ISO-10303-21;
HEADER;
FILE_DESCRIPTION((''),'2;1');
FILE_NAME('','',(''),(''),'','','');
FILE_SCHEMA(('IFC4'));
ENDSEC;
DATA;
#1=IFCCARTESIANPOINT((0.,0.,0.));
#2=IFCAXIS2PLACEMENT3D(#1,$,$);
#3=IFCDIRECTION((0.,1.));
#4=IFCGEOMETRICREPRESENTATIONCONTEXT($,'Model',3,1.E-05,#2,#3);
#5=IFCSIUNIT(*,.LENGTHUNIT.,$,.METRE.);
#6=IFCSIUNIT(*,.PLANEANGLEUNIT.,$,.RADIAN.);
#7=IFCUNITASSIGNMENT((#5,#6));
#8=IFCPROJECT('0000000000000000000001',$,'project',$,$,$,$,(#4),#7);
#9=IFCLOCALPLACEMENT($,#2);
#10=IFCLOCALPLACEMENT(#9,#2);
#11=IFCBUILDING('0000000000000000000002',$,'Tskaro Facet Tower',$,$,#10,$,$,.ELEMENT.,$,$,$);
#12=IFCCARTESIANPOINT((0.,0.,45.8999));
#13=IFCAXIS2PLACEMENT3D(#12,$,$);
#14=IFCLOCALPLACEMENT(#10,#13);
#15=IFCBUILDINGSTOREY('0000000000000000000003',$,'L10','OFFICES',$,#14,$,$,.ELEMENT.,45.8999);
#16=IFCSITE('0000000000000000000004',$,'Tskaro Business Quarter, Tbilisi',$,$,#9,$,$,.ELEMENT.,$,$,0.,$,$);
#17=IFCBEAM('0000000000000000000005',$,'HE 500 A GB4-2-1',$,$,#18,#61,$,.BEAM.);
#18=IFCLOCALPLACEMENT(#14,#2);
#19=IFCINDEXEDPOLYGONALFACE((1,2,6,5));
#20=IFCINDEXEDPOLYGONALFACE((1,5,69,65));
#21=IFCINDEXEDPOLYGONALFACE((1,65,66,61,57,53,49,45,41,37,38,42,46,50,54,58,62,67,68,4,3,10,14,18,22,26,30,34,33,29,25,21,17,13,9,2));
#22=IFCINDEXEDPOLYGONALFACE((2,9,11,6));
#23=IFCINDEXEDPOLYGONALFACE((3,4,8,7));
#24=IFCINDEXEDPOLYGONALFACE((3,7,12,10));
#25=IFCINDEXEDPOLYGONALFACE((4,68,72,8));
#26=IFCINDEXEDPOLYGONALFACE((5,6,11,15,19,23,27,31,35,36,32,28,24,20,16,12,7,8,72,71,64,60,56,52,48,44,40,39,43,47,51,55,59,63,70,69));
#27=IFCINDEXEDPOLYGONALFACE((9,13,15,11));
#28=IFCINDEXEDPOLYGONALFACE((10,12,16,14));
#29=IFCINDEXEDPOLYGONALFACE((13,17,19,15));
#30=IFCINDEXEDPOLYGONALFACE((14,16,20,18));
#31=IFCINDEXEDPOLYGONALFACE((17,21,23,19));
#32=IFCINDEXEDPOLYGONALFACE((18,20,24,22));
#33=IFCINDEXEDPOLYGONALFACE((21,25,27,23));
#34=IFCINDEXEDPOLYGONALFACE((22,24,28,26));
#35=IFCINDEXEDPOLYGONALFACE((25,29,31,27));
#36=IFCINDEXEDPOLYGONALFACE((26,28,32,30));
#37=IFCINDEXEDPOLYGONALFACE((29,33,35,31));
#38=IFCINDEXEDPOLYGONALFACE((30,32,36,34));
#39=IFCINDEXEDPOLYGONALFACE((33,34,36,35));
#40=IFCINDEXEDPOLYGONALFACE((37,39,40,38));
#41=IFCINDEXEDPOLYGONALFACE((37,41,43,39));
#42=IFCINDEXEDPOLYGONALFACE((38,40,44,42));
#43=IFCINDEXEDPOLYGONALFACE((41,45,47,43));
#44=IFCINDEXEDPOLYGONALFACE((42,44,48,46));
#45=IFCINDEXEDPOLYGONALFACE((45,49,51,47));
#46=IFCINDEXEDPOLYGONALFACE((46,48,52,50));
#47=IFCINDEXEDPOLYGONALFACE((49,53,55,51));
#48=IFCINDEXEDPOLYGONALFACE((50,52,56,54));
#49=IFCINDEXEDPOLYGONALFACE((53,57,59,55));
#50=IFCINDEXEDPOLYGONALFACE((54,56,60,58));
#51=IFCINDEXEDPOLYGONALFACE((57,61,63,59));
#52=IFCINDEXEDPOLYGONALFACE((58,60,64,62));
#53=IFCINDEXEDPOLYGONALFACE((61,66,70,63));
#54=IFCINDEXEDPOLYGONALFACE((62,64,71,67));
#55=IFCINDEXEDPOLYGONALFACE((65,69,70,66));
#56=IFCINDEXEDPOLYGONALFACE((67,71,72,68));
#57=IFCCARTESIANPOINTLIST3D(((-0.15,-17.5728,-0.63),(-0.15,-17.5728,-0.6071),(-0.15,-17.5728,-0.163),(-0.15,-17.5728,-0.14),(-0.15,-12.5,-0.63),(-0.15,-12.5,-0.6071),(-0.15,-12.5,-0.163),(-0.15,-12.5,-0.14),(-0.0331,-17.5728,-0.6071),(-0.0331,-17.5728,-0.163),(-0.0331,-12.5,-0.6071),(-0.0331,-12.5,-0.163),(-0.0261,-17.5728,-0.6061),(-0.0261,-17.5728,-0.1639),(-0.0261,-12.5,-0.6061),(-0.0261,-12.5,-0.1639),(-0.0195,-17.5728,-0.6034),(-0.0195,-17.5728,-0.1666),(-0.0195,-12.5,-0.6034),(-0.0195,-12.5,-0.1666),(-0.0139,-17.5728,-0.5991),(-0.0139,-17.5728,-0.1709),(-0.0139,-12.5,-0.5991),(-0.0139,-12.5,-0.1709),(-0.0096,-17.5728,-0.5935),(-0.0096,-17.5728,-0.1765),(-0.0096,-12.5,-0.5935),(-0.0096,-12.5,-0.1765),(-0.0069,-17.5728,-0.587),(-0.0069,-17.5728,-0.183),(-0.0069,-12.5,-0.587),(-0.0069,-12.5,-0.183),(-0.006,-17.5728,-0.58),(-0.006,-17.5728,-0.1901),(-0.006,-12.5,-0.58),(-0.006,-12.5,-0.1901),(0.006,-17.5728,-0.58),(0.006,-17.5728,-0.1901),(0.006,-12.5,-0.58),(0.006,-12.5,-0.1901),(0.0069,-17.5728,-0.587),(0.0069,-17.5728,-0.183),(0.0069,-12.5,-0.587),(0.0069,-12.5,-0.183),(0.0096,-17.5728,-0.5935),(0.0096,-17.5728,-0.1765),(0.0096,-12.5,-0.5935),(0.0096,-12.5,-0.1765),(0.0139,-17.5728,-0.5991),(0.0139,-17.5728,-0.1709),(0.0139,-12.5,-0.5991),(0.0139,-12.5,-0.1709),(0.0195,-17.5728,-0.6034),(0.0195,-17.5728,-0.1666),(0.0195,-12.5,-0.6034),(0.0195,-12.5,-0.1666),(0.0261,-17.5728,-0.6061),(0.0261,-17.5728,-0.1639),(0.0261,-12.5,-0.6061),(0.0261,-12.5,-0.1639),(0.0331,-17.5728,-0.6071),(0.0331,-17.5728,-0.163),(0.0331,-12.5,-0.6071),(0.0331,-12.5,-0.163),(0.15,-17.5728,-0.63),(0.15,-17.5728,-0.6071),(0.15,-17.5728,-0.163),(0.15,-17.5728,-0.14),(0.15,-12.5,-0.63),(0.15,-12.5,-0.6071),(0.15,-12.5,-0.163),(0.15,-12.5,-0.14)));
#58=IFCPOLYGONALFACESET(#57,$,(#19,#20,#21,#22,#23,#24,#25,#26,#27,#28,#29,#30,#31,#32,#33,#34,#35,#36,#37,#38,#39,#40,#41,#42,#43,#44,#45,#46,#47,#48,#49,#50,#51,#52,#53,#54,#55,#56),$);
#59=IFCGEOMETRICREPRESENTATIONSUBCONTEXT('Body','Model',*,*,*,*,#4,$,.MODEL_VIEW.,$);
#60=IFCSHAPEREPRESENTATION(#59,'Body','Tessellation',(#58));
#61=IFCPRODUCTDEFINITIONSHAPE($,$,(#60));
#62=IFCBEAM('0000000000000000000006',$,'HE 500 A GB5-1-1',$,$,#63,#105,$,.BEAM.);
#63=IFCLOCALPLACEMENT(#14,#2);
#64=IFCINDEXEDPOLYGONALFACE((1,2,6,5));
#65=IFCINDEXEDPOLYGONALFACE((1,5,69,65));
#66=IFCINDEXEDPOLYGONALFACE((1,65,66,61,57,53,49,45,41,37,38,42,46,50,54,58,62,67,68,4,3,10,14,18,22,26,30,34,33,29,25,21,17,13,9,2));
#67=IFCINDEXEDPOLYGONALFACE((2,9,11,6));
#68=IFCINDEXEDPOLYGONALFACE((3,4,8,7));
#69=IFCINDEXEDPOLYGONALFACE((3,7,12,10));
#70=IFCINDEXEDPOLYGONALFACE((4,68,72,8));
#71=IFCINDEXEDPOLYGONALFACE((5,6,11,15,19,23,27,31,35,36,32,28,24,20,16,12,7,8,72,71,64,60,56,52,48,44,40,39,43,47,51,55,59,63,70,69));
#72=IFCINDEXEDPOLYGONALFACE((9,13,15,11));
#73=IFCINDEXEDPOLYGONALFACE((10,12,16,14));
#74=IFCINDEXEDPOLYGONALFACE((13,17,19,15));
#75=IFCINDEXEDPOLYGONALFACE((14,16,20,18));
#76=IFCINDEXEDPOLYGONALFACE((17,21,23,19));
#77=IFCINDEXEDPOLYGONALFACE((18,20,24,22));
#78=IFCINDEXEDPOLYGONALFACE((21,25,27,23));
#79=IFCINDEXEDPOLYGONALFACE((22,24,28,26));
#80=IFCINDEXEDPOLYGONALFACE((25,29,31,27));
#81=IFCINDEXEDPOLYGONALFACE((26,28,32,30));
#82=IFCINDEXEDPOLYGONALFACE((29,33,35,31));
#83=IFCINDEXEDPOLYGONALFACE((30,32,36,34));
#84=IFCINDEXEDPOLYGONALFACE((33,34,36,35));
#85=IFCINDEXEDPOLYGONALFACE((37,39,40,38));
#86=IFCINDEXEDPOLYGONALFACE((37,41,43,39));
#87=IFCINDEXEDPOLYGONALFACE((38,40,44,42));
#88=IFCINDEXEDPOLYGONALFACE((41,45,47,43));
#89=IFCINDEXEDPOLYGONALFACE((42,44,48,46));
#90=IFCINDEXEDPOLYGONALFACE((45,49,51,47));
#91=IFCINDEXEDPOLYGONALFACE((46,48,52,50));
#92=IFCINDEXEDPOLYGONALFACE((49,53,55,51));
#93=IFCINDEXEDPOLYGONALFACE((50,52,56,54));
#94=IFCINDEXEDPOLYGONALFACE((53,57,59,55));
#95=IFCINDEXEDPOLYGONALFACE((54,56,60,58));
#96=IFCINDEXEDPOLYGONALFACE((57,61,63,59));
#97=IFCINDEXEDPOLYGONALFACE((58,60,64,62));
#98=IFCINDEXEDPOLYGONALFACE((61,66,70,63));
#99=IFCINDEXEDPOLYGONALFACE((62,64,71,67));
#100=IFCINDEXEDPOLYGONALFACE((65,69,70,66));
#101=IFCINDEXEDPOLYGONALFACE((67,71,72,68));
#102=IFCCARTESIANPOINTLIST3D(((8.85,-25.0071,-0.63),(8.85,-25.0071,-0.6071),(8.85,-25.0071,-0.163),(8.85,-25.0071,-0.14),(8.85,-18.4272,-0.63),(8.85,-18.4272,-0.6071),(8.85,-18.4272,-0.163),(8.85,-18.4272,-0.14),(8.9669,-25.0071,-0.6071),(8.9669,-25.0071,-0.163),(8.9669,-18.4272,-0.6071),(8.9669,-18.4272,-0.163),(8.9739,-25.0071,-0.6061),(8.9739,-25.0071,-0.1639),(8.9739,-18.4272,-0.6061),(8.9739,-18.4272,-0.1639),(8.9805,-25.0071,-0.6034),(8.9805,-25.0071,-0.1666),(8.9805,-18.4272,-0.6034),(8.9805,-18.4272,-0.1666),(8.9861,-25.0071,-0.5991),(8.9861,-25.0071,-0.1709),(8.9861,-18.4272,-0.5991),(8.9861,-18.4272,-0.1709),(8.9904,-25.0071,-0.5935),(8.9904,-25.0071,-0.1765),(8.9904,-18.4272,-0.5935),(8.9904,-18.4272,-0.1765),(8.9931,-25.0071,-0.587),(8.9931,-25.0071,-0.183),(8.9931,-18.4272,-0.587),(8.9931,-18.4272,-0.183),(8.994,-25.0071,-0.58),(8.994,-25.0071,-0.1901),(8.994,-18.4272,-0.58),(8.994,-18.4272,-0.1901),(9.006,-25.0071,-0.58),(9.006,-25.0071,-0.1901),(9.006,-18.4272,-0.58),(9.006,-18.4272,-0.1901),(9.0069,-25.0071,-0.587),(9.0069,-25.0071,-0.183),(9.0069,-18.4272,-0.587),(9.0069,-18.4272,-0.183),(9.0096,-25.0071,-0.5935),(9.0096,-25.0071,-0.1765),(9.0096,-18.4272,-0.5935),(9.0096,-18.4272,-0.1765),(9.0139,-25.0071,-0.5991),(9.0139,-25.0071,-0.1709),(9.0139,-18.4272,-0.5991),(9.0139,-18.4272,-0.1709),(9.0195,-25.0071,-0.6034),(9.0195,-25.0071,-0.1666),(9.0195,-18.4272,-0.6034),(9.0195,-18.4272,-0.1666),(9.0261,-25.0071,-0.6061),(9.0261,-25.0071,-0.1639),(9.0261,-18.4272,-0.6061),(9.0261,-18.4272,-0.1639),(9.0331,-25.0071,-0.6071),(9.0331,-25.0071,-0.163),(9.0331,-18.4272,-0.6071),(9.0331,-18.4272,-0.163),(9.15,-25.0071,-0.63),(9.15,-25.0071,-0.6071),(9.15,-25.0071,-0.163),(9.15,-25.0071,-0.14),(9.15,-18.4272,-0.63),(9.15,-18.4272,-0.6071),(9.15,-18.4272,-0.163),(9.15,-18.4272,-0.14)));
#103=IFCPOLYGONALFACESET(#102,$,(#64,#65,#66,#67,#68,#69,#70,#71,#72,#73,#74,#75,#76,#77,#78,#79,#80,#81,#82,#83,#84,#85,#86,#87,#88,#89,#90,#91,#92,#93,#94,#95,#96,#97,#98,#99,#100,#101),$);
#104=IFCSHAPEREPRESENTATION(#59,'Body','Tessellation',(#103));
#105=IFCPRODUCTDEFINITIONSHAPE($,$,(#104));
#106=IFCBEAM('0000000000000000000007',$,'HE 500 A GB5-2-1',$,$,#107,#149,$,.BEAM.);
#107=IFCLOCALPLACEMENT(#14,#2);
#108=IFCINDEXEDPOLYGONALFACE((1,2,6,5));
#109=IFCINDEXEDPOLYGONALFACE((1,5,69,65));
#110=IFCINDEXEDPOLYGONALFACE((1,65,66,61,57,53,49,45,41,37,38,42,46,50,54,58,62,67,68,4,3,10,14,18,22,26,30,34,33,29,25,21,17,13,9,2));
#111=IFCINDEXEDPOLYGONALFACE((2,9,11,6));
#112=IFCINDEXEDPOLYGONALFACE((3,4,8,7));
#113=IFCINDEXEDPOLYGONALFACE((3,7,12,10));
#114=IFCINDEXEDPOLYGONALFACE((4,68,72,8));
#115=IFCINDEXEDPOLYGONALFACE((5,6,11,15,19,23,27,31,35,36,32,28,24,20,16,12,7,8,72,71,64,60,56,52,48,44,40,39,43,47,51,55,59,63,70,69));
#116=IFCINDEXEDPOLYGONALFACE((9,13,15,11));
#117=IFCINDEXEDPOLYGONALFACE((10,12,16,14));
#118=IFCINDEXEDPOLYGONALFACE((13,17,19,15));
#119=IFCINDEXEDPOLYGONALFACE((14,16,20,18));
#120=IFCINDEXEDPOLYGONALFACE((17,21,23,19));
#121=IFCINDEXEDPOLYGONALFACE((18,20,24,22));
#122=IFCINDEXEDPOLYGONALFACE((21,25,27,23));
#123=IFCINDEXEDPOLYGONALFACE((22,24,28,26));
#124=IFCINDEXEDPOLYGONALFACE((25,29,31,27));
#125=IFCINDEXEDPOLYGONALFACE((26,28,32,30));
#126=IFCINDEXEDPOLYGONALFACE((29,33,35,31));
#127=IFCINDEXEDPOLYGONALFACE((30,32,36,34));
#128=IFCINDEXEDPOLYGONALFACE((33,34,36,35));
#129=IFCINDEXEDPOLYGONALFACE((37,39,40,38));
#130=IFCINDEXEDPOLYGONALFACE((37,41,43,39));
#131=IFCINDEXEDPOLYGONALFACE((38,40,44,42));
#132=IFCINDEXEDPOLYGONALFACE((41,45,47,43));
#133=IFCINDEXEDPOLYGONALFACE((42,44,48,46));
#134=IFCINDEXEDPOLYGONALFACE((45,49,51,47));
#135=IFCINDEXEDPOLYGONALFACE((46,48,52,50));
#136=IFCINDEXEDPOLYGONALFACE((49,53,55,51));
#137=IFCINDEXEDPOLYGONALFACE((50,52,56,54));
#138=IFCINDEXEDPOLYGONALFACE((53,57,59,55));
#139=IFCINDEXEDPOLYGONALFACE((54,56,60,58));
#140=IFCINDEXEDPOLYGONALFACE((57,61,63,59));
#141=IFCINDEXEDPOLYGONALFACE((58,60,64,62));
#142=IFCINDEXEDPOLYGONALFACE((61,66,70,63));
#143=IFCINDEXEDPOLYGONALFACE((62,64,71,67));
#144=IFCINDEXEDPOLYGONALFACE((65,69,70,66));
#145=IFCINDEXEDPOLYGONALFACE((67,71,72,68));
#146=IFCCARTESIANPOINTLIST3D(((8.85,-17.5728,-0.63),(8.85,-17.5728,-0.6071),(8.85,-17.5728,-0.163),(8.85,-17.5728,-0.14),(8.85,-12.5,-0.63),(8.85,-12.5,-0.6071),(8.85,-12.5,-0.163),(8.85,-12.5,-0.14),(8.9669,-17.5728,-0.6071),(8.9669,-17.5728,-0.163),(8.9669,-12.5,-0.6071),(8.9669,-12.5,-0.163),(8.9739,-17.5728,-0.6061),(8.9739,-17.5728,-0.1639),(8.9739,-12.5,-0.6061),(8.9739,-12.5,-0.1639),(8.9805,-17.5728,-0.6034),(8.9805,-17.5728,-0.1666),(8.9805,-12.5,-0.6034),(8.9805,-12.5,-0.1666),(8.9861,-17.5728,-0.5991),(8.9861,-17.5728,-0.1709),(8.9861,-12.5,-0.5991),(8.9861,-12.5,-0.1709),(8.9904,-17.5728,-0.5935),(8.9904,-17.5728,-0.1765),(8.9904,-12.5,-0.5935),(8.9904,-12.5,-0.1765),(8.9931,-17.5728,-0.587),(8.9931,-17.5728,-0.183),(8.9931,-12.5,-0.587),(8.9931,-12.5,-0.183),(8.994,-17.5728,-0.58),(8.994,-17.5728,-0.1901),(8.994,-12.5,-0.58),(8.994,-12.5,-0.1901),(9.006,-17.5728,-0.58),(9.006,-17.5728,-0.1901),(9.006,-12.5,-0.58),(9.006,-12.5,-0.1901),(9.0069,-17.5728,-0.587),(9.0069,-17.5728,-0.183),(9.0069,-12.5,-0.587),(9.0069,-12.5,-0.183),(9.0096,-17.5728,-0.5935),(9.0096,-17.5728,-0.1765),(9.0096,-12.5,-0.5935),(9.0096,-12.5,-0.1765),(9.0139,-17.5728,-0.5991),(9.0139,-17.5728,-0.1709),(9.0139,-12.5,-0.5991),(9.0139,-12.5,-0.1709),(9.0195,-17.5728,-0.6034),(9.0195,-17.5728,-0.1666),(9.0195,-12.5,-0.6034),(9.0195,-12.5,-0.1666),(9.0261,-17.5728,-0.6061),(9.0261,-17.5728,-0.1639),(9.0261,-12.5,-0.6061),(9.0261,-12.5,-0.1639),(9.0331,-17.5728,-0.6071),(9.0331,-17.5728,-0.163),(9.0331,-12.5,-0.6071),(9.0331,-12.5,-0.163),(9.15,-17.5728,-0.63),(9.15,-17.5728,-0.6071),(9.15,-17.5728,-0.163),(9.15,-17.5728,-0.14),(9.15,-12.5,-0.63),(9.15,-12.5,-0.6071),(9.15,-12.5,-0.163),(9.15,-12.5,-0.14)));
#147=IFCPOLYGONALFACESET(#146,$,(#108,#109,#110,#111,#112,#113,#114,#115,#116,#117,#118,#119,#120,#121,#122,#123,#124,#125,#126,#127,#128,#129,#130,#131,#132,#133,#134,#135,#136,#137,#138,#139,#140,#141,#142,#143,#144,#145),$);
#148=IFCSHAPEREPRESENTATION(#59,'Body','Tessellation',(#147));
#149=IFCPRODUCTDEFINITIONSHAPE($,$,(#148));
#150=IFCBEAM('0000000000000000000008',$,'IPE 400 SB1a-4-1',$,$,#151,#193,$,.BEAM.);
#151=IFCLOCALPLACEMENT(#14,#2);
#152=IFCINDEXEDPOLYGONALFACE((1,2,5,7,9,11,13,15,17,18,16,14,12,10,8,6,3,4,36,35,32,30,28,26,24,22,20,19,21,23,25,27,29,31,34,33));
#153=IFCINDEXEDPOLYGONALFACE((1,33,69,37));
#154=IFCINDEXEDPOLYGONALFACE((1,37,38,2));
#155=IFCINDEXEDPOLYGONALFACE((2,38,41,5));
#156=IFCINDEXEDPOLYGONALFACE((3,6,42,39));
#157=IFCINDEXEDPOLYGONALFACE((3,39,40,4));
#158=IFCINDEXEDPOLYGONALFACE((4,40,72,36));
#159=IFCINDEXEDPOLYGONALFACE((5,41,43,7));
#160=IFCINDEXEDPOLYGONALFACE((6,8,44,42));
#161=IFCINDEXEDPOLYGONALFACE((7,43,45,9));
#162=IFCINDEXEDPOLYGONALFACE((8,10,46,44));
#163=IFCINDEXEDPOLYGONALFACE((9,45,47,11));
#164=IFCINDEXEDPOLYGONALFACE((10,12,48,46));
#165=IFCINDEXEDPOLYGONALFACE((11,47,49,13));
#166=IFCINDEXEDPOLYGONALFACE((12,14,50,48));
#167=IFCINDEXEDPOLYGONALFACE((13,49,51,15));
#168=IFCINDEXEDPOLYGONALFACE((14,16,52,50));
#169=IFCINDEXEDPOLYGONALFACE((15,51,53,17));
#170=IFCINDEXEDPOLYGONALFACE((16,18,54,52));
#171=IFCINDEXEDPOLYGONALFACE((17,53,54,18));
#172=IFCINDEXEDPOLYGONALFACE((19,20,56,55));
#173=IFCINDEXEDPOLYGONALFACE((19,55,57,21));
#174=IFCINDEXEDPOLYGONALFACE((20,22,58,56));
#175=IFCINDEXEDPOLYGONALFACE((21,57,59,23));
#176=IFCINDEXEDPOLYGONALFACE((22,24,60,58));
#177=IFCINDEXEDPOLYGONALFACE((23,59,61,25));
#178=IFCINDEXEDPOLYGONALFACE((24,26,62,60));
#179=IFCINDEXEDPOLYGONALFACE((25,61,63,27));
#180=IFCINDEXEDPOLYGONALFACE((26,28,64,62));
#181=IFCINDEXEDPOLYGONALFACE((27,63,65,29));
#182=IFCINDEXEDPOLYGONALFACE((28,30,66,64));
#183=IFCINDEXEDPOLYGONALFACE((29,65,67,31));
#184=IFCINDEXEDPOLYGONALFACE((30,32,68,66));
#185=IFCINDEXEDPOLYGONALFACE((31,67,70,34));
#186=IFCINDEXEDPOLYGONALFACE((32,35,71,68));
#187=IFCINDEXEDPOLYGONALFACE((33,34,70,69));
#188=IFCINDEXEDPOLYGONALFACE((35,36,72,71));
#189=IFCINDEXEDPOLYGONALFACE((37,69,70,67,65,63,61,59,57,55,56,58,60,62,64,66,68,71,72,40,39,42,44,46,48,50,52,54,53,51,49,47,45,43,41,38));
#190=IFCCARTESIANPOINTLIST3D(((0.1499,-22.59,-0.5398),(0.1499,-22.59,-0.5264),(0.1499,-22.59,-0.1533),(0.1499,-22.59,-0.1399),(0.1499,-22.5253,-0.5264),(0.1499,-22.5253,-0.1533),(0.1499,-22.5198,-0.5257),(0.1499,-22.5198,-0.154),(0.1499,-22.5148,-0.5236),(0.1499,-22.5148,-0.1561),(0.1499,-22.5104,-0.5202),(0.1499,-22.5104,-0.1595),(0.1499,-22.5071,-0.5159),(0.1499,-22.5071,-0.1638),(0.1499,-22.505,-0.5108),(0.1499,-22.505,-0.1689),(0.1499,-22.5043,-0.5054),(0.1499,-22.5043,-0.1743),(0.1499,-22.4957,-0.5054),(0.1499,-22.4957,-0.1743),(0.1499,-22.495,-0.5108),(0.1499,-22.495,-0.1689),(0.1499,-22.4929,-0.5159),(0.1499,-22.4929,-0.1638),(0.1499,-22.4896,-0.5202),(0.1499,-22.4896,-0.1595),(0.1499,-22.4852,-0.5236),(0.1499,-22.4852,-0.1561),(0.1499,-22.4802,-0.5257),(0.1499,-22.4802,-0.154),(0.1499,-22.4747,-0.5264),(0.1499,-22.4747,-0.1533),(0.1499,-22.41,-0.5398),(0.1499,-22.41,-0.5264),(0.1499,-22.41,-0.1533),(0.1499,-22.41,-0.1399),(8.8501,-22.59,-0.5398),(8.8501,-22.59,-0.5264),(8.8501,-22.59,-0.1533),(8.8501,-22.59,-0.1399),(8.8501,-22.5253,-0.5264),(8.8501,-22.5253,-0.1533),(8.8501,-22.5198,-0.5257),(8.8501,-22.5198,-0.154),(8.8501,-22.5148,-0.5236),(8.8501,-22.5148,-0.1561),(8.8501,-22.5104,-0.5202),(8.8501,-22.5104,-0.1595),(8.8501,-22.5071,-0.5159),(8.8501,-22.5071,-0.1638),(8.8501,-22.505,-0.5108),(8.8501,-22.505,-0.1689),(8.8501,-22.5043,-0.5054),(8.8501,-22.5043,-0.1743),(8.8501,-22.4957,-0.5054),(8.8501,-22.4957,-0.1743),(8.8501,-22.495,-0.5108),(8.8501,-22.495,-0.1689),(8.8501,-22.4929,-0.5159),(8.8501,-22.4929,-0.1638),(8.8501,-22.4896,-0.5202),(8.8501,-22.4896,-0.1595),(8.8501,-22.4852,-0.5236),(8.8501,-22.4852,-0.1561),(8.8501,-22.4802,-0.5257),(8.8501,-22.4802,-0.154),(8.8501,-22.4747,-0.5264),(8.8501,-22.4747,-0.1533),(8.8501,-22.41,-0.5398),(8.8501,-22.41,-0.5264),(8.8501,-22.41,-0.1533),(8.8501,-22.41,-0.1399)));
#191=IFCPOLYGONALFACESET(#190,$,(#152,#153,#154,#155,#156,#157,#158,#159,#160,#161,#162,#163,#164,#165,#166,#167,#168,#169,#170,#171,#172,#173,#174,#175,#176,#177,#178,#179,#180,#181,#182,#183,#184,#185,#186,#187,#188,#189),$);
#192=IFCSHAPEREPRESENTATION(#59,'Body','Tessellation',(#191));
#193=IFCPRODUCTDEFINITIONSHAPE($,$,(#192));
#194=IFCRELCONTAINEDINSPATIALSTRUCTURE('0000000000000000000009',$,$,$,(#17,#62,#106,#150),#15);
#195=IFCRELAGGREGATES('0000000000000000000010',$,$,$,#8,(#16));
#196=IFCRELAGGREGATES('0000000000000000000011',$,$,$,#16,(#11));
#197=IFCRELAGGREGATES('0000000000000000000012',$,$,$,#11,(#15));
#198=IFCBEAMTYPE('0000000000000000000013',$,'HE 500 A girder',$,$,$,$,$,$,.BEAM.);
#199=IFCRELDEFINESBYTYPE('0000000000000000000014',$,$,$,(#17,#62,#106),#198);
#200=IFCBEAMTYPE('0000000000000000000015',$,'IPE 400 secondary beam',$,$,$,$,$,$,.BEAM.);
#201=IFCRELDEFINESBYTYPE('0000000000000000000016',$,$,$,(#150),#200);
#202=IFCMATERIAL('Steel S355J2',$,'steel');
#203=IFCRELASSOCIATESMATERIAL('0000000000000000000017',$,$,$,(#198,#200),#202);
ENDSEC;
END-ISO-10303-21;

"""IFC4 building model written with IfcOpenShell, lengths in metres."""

from ifc_helpers import new_model, si_unit, direction, frame, origin, origin_2d, place, context, subcontext, project, spatial, i_section, extrude, material, material_profile, profile_set, type_object, element, save


model = new_model("IFC4")

# Units and contexts
model_context = context("Model", 3, precision=1e-05, world=origin(), true_north=direction((0.0, 1.0)))
body_context = subcontext(model_context, "Body", "Model", "MODEL_VIEW")
ifc_project = project(units=[si_unit("LENGTHUNIT", "METRE"), si_unit("PLANEANGLEUNIT", "RADIAN")], contexts=[model_context])

# Site, building, storey
site_placement = place(None, origin())
site = spatial("IfcSite", under=ifc_project, at=site_placement, Name="Tskaro Business Quarter, Tbilisi", CompositionType="ELEMENT", RefElevation=0.0)
building_placement = place(site_placement, origin())
building = spatial("IfcBuilding", under=site, at=building_placement, Name="Tskaro Facet Tower", CompositionType="ELEMENT")
storey_placement = place(building_placement, frame((0.0, 0.0, 45.8999)))
storey = spatial("IfcBuildingStorey", under=building, at=storey_placement, Name="L10", Description="OFFICES", CompositionType="ELEMENT", Elevation=45.8999)

# Beams
ifc_material_1 = material(Name="Steel S355J2", Category="steel")
ifc_material_profile_1 = material_profile(ifc_material_1, i_section(OverallWidth=0.3, OverallDepth=0.49, WebThickness=0.012, FlangeThickness=0.0229, FilletRadius=0.0271, at=origin_2d()), Name="HE 500 A")
ifc_profile_set_1 = profile_set([ifc_material_profile_1], Name="Steel S355J2")
beam_type_1 = type_object("IfcBeamType", Name="HE 500 A girder", PredefinedType="BEAM", material=ifc_profile_set_1)
beam_1_placement = place(storey_placement, frame((0.0, -17.5728, -0.385), z_axis=(0.0, 1.0, 0.0), x_axis=(-1.0, 0.0, 0.0)))
element("IfcBeam", 1, at=beam_1_placement, inside=storey, type_object=beam_type_1, Name="HE 500 A GB4-2-1", PredefinedType="BEAM", context=body_context, shape_type="SweptSolid", body=[
    extrude(i_section(OverallWidth=0.3, OverallDepth=0.49, WebThickness=0.012, FlangeThickness=0.0229, FilletRadius=0.0271, at=origin_2d()), origin(), (0.0, 0.0, 1.0), 5.0728),
])
beam_2_placement = place(storey_placement, frame((9.0, -25.0071, -0.385), z_axis=(0.0, 1.0, 0.0), x_axis=(-1.0, 0.0, 0.0)))
element("IfcBeam", 2, at=beam_2_placement, inside=storey, type_object=beam_type_1, Name="HE 500 A GB5-1-1", PredefinedType="BEAM", context=body_context, shape_type="SweptSolid", body=[
    extrude(i_section(OverallWidth=0.3, OverallDepth=0.49, WebThickness=0.012, FlangeThickness=0.0229, FilletRadius=0.0271, at=origin_2d()), origin(), (0.0, 0.0, 1.0), 6.5798),
])
beam_3_placement = place(storey_placement, frame((9.0, -17.5728, -0.385), z_axis=(0.0, 1.0, 0.0), x_axis=(-1.0, 0.0, 0.0)))
element("IfcBeam", 3, at=beam_3_placement, inside=storey, type_object=beam_type_1, Name="HE 500 A GB5-2-1", PredefinedType="BEAM", context=body_context, shape_type="SweptSolid", body=[
    extrude(i_section(OverallWidth=0.3, OverallDepth=0.49, WebThickness=0.012, FlangeThickness=0.0229, FilletRadius=0.0271, at=origin_2d()), origin(), (0.0, 0.0, 1.0), 5.0728),
])
ifc_material_profile_2 = material_profile(ifc_material_1, i_section(OverallWidth=0.1799, OverallDepth=0.3999, WebThickness=0.0085, FlangeThickness=0.0134, FilletRadius=0.021, at=origin_2d()), Name="IPE 400")
ifc_profile_set_2 = profile_set([ifc_material_profile_2], Name="Steel S355J2")
beam_type_2 = type_object("IfcBeamType", Name="IPE 400 secondary beam", PredefinedType="BEAM", material=ifc_profile_set_2)
for number, where, z_axis, x_axis, name in (
    (4, (0.1499, -22.5, -0.3398), (1.0, 0.0, 0.0), (0.0, 1.0, 0.0), "IPE 400 SB1a-4-1"),
):
    element("IfcBeam", number, at=place(storey_placement, frame(where, z_axis=z_axis, x_axis=x_axis)), inside=storey, type_object=beam_type_2, Name=name, PredefinedType="BEAM", context=body_context, shape_type="SweptSolid", body=[
        extrude(i_section(OverallWidth=0.1799, OverallDepth=0.3999, WebThickness=0.0085, FlangeThickness=0.0134, FilletRadius=0.021, at=origin_2d()), origin(), (0.0, 0.0, 1.0), 8.7002),
    ])

save(model, "model.ifc")
